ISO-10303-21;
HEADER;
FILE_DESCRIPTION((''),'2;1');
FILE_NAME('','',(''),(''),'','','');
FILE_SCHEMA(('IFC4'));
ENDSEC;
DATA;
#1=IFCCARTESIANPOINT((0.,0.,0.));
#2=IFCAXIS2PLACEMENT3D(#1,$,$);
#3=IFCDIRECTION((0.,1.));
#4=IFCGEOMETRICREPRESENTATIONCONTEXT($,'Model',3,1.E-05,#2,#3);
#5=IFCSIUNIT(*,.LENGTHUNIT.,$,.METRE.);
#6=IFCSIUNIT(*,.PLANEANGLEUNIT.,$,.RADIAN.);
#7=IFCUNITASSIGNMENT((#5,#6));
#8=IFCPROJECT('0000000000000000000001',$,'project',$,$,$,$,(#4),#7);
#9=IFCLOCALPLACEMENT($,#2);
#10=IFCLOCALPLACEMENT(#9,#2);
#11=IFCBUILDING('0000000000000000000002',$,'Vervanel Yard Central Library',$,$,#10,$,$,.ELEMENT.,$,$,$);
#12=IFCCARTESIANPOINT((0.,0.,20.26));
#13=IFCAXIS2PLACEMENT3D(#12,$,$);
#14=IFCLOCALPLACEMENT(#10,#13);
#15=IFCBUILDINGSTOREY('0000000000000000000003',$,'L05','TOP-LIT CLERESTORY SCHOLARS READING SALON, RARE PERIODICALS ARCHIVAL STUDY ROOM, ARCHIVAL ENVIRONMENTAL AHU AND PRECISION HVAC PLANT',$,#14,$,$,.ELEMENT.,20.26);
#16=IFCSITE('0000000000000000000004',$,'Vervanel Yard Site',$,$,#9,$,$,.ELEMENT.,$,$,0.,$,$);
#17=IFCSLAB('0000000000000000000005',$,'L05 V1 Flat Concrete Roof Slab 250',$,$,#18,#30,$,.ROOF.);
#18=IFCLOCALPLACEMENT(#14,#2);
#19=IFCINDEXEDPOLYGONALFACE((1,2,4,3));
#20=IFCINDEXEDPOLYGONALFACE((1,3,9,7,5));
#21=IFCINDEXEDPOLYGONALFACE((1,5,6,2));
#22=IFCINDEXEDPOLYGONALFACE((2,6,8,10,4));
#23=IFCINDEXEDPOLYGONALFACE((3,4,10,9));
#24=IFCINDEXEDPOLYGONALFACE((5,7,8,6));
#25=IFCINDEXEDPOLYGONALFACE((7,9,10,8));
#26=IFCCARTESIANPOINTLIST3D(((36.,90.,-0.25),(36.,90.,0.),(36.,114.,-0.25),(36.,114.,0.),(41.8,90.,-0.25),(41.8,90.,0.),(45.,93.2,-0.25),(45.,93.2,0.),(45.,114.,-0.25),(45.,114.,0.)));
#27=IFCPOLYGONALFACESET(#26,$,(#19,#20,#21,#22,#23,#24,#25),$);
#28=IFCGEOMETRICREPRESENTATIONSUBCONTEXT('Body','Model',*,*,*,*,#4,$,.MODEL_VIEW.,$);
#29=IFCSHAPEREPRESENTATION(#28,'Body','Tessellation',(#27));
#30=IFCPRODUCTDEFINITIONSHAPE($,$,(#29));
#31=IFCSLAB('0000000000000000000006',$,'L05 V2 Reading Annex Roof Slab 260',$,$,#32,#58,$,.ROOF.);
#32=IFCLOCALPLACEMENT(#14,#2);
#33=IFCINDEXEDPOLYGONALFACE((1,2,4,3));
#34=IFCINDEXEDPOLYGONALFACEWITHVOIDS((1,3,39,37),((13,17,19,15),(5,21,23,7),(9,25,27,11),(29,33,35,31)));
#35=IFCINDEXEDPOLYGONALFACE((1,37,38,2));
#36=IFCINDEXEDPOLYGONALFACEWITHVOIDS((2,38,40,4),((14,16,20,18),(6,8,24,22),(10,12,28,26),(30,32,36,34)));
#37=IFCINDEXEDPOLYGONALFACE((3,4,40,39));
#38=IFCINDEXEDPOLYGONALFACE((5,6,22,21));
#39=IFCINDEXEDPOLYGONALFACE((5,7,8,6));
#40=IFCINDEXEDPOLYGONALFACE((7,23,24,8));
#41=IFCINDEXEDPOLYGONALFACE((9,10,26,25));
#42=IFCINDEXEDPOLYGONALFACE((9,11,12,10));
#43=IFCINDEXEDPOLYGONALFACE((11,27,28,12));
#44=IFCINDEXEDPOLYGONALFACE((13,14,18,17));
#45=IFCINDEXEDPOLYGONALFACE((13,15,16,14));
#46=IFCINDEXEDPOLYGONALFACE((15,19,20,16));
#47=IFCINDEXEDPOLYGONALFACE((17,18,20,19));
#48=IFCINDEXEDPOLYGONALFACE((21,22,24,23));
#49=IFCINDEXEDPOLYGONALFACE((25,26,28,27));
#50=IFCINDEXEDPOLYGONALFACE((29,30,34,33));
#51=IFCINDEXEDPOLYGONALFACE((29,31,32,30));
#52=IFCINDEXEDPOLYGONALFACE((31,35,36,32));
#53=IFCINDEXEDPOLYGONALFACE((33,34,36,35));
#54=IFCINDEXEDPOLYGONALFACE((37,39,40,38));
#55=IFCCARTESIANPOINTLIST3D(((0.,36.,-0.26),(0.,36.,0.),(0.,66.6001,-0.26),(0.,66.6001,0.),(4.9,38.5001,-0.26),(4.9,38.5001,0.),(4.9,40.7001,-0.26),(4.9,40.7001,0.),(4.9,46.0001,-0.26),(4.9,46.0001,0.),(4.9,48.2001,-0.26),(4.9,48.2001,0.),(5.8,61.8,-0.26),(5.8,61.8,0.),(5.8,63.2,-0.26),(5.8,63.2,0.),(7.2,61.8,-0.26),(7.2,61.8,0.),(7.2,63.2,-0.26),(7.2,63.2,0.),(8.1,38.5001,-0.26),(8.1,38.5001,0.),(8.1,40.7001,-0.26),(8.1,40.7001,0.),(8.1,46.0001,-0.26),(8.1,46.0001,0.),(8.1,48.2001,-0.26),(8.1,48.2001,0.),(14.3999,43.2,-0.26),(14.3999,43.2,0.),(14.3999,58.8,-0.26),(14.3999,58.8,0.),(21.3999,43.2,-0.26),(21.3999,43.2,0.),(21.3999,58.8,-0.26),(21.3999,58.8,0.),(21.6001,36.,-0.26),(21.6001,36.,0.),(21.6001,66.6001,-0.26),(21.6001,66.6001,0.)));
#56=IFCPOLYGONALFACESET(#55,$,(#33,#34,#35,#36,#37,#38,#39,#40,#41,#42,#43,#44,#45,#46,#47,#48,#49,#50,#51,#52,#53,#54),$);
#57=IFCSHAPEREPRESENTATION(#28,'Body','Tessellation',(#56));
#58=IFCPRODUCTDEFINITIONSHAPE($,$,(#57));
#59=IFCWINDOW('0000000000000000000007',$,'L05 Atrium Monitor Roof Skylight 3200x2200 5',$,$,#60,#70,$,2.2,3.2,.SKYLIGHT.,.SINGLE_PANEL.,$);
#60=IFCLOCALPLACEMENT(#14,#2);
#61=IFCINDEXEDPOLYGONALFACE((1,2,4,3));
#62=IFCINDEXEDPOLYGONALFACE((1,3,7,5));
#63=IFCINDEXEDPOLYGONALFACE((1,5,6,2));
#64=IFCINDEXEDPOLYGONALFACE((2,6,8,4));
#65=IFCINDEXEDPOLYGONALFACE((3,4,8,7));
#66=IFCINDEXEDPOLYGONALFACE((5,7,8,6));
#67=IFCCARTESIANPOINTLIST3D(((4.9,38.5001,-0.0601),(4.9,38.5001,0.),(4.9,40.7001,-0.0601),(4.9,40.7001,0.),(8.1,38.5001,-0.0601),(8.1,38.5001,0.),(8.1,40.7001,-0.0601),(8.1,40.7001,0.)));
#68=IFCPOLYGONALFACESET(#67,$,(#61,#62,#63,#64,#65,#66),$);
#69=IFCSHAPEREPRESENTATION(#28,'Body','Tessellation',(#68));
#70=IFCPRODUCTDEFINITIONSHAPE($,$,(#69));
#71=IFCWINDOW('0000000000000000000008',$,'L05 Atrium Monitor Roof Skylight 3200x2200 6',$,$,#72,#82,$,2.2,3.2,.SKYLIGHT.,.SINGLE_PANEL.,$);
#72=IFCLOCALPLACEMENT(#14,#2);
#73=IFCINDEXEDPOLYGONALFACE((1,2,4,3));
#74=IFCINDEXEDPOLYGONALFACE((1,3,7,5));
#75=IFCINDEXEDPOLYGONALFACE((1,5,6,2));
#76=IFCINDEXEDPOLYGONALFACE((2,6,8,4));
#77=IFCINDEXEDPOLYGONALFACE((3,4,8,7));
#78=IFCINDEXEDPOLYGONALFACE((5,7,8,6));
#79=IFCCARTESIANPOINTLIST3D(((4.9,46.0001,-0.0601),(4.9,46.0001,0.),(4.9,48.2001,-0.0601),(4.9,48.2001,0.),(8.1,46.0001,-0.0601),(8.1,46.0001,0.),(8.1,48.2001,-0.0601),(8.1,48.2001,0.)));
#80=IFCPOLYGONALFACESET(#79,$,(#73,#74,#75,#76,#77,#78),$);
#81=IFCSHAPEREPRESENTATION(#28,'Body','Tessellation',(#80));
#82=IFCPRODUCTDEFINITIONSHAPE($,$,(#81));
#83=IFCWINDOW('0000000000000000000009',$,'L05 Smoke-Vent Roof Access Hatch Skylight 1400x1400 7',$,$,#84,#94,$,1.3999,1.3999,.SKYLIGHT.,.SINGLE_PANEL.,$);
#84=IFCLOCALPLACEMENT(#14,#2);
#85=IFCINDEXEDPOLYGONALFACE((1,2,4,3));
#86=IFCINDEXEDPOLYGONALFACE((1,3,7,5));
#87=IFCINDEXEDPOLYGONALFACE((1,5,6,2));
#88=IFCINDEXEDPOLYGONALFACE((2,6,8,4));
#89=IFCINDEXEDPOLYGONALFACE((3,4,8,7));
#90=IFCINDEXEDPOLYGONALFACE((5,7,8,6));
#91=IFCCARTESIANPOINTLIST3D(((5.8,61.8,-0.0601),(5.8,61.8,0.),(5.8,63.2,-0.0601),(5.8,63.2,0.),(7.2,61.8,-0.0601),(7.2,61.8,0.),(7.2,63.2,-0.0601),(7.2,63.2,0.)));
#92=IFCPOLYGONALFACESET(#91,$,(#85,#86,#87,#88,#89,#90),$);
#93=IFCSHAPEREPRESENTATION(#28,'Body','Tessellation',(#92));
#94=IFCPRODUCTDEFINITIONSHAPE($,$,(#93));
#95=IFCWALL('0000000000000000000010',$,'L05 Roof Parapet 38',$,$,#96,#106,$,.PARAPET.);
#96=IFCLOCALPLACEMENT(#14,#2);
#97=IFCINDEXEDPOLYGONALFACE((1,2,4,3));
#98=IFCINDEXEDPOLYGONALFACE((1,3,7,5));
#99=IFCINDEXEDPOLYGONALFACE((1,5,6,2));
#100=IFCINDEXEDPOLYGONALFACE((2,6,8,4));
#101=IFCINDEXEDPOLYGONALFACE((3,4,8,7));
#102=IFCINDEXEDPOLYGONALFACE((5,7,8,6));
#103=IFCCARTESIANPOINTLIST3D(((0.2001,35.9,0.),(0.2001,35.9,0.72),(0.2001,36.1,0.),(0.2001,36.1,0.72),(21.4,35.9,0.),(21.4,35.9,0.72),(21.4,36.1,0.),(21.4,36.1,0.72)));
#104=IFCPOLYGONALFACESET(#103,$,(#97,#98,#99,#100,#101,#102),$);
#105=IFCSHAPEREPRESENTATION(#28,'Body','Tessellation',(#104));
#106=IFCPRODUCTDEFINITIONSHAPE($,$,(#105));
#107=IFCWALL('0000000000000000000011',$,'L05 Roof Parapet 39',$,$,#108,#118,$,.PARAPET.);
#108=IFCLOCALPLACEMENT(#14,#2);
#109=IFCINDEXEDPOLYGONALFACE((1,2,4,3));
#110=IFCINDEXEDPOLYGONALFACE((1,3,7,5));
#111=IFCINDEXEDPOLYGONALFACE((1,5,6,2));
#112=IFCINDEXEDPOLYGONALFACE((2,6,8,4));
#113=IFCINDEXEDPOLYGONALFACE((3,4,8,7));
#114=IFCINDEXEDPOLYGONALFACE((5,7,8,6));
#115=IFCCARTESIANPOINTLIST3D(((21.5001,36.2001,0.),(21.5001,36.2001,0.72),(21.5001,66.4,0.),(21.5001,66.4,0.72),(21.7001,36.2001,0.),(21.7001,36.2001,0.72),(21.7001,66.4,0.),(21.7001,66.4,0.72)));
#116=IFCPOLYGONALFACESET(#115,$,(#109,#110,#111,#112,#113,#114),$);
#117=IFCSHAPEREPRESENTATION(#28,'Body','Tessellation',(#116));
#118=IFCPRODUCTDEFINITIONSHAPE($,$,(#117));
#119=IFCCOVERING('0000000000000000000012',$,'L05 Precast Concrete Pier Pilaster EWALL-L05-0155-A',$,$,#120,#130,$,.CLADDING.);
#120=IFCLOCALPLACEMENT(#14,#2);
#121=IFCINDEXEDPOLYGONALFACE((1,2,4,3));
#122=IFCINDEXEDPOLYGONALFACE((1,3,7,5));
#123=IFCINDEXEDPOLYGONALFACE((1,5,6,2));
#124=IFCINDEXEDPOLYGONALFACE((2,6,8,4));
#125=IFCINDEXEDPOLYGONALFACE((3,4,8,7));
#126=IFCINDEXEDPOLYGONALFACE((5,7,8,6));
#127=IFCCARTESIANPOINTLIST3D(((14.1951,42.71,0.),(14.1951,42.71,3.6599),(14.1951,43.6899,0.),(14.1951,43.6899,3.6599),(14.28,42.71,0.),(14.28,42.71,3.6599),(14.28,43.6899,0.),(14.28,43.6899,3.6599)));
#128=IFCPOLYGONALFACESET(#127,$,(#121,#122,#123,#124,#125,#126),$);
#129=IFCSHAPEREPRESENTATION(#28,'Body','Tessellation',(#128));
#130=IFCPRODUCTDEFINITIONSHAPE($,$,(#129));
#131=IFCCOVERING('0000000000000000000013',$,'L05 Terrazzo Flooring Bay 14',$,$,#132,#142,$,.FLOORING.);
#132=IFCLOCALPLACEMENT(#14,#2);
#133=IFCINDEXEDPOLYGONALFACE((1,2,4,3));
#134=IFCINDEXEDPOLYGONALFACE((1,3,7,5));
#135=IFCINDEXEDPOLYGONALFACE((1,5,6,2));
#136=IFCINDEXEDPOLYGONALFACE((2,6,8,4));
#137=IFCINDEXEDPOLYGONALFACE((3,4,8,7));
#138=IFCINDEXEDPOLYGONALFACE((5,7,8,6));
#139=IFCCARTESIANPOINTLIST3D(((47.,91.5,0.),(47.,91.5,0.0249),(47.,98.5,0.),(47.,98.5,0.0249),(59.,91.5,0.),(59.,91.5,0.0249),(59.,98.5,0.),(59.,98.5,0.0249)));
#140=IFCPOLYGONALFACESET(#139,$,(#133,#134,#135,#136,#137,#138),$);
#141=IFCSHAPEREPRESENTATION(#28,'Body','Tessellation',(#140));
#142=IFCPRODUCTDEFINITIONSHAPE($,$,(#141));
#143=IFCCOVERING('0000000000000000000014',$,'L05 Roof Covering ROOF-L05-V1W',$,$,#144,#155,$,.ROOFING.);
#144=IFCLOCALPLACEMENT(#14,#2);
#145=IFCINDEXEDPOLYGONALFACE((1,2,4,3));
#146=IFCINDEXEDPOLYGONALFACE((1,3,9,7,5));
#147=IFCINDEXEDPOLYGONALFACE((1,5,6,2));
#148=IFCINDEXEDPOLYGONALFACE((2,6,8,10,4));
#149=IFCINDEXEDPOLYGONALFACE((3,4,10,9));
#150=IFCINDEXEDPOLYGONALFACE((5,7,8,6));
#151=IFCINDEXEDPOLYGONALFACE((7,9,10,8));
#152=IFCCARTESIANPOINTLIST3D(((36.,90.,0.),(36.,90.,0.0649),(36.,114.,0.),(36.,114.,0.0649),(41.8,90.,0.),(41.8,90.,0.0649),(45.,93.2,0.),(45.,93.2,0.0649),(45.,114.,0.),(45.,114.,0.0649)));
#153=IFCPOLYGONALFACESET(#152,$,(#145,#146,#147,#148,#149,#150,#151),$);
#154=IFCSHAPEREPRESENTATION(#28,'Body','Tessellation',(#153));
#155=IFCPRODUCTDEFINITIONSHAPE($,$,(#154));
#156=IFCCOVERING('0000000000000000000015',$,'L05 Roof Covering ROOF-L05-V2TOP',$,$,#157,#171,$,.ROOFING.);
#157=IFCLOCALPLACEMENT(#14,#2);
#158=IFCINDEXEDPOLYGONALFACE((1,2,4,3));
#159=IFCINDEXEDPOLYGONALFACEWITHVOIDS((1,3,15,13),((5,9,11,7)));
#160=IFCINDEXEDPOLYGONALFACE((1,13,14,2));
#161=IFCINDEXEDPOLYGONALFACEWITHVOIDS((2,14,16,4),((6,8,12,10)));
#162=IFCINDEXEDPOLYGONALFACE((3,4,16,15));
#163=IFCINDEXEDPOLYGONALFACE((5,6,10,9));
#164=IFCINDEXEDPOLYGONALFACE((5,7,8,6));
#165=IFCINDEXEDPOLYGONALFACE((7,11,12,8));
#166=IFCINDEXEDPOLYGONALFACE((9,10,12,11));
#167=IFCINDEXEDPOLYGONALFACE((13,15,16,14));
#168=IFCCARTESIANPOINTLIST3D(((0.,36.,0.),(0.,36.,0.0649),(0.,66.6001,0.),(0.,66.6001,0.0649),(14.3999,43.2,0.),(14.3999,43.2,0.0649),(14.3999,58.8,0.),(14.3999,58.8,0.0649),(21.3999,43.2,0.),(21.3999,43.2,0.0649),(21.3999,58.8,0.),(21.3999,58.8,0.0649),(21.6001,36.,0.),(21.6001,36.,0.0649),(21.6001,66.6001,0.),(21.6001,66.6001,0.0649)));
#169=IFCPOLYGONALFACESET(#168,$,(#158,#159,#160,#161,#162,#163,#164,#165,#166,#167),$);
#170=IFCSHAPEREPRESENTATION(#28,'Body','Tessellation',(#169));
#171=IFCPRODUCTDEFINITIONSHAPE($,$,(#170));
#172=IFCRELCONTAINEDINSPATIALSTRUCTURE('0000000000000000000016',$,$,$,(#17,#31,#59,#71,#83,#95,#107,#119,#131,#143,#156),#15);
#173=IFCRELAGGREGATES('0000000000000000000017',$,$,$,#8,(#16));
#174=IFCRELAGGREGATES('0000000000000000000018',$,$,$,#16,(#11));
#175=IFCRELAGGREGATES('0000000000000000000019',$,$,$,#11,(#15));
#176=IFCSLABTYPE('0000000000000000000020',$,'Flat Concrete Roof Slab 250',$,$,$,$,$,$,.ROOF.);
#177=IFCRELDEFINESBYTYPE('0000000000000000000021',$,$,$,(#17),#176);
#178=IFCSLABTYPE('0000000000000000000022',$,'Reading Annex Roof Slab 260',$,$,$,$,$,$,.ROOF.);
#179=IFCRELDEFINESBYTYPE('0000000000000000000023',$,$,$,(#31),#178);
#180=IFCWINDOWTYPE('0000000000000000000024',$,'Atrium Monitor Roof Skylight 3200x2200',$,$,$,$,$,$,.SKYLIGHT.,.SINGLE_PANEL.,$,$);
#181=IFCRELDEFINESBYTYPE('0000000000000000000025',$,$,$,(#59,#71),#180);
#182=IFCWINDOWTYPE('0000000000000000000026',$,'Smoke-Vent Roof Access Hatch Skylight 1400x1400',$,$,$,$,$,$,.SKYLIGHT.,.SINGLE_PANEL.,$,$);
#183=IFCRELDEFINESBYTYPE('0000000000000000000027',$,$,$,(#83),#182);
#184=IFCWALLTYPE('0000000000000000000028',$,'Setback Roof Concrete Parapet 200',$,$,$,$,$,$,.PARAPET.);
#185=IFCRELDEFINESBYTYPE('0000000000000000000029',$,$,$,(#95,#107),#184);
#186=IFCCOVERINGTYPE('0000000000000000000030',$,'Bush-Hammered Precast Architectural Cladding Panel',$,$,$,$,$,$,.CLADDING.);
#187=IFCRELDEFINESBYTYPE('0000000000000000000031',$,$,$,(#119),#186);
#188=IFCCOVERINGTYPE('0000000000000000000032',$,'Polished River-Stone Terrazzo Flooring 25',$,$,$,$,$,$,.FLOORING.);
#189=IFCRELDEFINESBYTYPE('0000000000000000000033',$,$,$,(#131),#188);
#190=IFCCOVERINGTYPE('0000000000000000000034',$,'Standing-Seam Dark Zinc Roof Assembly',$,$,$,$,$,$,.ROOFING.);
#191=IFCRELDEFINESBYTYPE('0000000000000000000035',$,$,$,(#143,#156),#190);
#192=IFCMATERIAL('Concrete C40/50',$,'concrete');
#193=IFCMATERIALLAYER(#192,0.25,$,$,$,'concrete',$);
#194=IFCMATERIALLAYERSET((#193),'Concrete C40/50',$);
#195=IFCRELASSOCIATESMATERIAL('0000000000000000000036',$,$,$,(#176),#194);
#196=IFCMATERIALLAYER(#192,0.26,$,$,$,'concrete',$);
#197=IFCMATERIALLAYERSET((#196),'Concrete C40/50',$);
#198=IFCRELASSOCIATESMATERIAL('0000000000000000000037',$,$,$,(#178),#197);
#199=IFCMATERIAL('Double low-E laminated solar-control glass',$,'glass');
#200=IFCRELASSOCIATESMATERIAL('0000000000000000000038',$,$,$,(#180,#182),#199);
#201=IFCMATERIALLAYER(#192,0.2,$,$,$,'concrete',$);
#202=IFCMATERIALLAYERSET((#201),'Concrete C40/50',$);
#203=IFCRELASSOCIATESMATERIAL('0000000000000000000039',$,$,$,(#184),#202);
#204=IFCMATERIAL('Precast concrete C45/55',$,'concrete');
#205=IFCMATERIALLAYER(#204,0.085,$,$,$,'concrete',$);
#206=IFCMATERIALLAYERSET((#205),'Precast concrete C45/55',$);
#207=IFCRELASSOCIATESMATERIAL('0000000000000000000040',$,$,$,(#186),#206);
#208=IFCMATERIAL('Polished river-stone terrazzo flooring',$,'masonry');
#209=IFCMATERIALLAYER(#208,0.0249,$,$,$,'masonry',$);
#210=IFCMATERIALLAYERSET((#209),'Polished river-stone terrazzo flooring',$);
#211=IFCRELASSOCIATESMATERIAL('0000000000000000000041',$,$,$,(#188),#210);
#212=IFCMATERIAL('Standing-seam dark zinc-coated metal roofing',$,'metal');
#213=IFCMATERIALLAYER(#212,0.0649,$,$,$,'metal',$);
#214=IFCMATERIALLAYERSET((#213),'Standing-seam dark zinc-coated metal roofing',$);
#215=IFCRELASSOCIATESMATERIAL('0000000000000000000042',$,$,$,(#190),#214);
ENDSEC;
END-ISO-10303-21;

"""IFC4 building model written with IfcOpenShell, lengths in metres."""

from ifc_helpers import new_model, si_unit, direction, frame, frame_2d, origin, origin_2d, place, context, subcontext, project, spatial, polyline, rectangle, outline, extrude, material, layer, layer_set, type_object, element, fill, save


model = new_model("IFC4")

# Units and contexts
model_context = context("Model", 3, precision=1e-05, world=origin(), true_north=direction((0.0, 1.0)))
body_context = subcontext(model_context, "Body", "Model", "MODEL_VIEW")
ifc_project = project(units=[si_unit("LENGTHUNIT", "METRE"), si_unit("PLANEANGLEUNIT", "RADIAN")], contexts=[model_context])

# Site, building, storey
site_placement = place(None, origin())
site = spatial("IfcSite", under=ifc_project, at=site_placement, Name="Vervanel Yard Site", CompositionType="ELEMENT", RefElevation=0.0)
building_placement = place(site_placement, origin())
building = spatial("IfcBuilding", under=site, at=building_placement, Name="Vervanel Yard Central Library", CompositionType="ELEMENT")
storey_placement = place(building_placement, frame((0.0, 0.0, 20.26)))
storey = spatial("IfcBuildingStorey", under=building, at=storey_placement, Name="L05", Description="TOP-LIT CLERESTORY SCHOLARS READING SALON, RARE PERIODICALS ARCHIVAL STUDY ROOM, ARCHIVAL ENVIRONMENTAL AHU AND PRECISION HVAC PLANT", CompositionType="ELEMENT", Elevation=20.26)

# Slab
ifc_material_1 = material(Name="Concrete C40/50", Category="concrete")
ifc_layer_1 = layer(ifc_material_1, 0.25, Category="concrete")
ifc_layer_set_1 = layer_set([ifc_layer_1], Name="Concrete C40/50")
slab_type_1 = type_object("IfcSlabType", Name="Flat Concrete Roof Slab 250", PredefinedType="ROOF", material=ifc_layer_set_1)
slab_1_placement = place(storey_placement, frame((0.0, 0.0, -0.25)))
element("IfcSlab", 1, at=slab_1_placement, inside=storey, type_object=slab_type_1, Name="L05 V1 Flat Concrete Roof Slab 250", PredefinedType="ROOF", context=body_context, shape_type="SweptSolid", body=[
    extrude(outline(polyline([(36.0, 90.0), (41.8, 90.0), (45.0, 93.2), (45.0, 114.0), (36.0, 114.0), (36.0, 90.0)])), origin(), (0.0, 0.0, 1.0), 0.25),
])

# Slab, openings, windows
ifc_layer_2 = layer(ifc_material_1, 0.26, Category="concrete")
ifc_layer_set_2 = layer_set([ifc_layer_2], Name="Concrete C40/50")
slab_type_2 = type_object("IfcSlabType", Name="Reading Annex Roof Slab 260", PredefinedType="ROOF", material=ifc_layer_set_2)
slab_2_placement = place(storey_placement, frame((0.0, 0.0, -0.26)))
slab_2 = element("IfcSlab", 2, at=slab_2_placement, inside=storey, type_object=slab_type_2, Name="L05 V2 Reading Annex Roof Slab 260", PredefinedType="ROOF", context=body_context, shape_type="SweptSolid", body=[
    extrude(outline(polyline([(0.0, 36.0), (21.6001, 36.0), (21.6001, 66.6001), (0.0, 66.6001), (0.0, 36.0)]), holes=[polyline([(14.3999, 43.2), (21.3999, 43.2), (21.3999, 58.8), (14.3999, 58.8), (14.3999, 43.2)])]), origin(), (0.0, 0.0, 1.0), 0.26),
])
opening_1_placement = place(slab_2_placement, frame((6.5, 39.6001, 0.0)))
opening_1 = element("IfcOpeningElement", 3, at=opening_1_placement, cuts=slab_2, PredefinedType="OPENING", context=body_context, shape_type="SweptSolid", body=[
    extrude(rectangle(XDim=3.2, YDim=2.2, at=origin_2d()), frame((0.0, 0.0, -0.01)), (0.0, 0.0, 1.0), 0.28),
])
opening_2_placement = place(slab_2_placement, frame((6.5, 47.1001, 0.0)))
opening_2 = element("IfcOpeningElement", 4, at=opening_2_placement, cuts=slab_2, PredefinedType="OPENING", context=body_context, shape_type="SweptSolid", body=[
    extrude(rectangle(XDim=3.2, YDim=2.2, at=origin_2d()), frame((0.0, 0.0, -0.01)), (0.0, 0.0, 1.0), 0.28),
])
opening_3_placement = place(slab_2_placement, frame((6.5, 62.5, 0.0)))
opening_3 = element("IfcOpeningElement", 5, at=opening_3_placement, cuts=slab_2, PredefinedType="OPENING", context=body_context, shape_type="SweptSolid", body=[
    extrude(rectangle(XDim=1.3999, YDim=1.3999, at=origin_2d()), frame((0.0, 0.0, -0.01)), (0.0, 0.0, 1.0), 0.28),
])
ifc_material_2 = material(Name="Double low-E laminated solar-control glass", Category="glass")
window_type_1 = type_object("IfcWindowType", Name="Atrium Monitor Roof Skylight 3200x2200", PartitioningType="SINGLE_PANEL", PredefinedType="SKYLIGHT", material=ifc_material_2)
window_1_placement = place(opening_1_placement, frame((0.0, 0.0, 0.2)))
window_1 = element("IfcWindow", 6, at=window_1_placement, inside=storey, type_object=window_type_1, Name="L05 Atrium Monitor Roof Skylight 3200x2200 5", OverallHeight=2.2, OverallWidth=3.2, PartitioningType="SINGLE_PANEL", PredefinedType="SKYLIGHT", context=body_context, shape_type="SweptSolid", body=[
    extrude(rectangle(XDim=3.2, YDim=2.2, at=origin_2d()), origin(), (0.0, 0.0, 1.0), 0.0601),
])
fill(opening_1, window_1)
window_2_placement = place(opening_2_placement, frame((0.0, 0.0, 0.2)))
window_2 = element("IfcWindow", 7, at=window_2_placement, inside=storey, type_object=window_type_1, Name="L05 Atrium Monitor Roof Skylight 3200x2200 6", OverallHeight=2.2, OverallWidth=3.2, PartitioningType="SINGLE_PANEL", PredefinedType="SKYLIGHT", context=body_context, shape_type="SweptSolid", body=[
    extrude(rectangle(XDim=3.2, YDim=2.2, at=origin_2d()), origin(), (0.0, 0.0, 1.0), 0.0601),
])
fill(opening_2, window_2)
window_type_2 = type_object("IfcWindowType", Name="Smoke-Vent Roof Access Hatch Skylight 1400x1400", PartitioningType="SINGLE_PANEL", PredefinedType="SKYLIGHT", material=ifc_material_2)
window_3_placement = place(opening_3_placement, frame((0.0, 0.0, 0.2)))
window_3 = element("IfcWindow", 8, at=window_3_placement, inside=storey, type_object=window_type_2, Name="L05 Smoke-Vent Roof Access Hatch Skylight 1400x1400 7", OverallHeight=1.3999, OverallWidth=1.3999, PartitioningType="SINGLE_PANEL", PredefinedType="SKYLIGHT", context=body_context, shape_type="SweptSolid", body=[
    extrude(rectangle(XDim=1.3999, YDim=1.3999, at=origin_2d()), origin(), (0.0, 0.0, 1.0), 0.0601),
])
fill(opening_3, window_3)

# Walls
ifc_layer_3 = layer(ifc_material_1, 0.2, Category="concrete")
ifc_layer_set_3 = layer_set([ifc_layer_3], Name="Concrete C40/50")
wall_type = type_object("IfcWallType", Name="Setback Roof Concrete Parapet 200", PredefinedType="PARAPET", material=ifc_layer_set_3)
wall_1_placement = place(storey_placement, frame((0.2, 36.0, 0.0), z_axis=(0.0, 0.0, 1.0), x_axis=(1.0, 0.0, 0.0)))
element("IfcWall", 9, at=wall_1_placement, inside=storey, type_object=wall_type, Name="L05 Roof Parapet 38", PredefinedType="PARAPET", context=body_context, shape_type="SweptSolid", body=[
    extrude(rectangle(XDim=21.2, YDim=0.2, at=frame_2d((10.6001, 0.0))), origin(), (0.0, 0.0, 1.0), 0.72),
])
wall_2_placement = place(storey_placement, frame((21.6001, 36.2, 0.0), z_axis=(0.0, 0.0, 1.0), x_axis=(0.0, 1.0, 0.0)))
element("IfcWall", 10, at=wall_2_placement, inside=storey, type_object=wall_type, Name="L05 Roof Parapet 39", PredefinedType="PARAPET", context=body_context, shape_type="SweptSolid", body=[
    extrude(rectangle(XDim=30.2, YDim=0.2, at=frame_2d((15.1001, 0.0))), origin(), (0.0, 0.0, 1.0), 0.72),
])

# Coverings
ifc_material_3 = material(Name="Precast concrete C45/55", Category="concrete")
ifc_layer_4 = layer(ifc_material_3, 0.085, Category="concrete")
ifc_layer_set_4 = layer_set([ifc_layer_4], Name="Precast concrete C45/55")
covering_type_1 = type_object("IfcCoveringType", Name="Bush-Hammered Precast Architectural Cladding Panel", PredefinedType="CLADDING", material=ifc_layer_set_4)
covering_1_placement = place(storey_placement, frame((14.2375, 43.2, 0.0), z_axis=(0.0, 0.0, 1.0), x_axis=(0.0, 1.0, 0.0)))
element("IfcCovering", 11, at=covering_1_placement, inside=storey, type_object=covering_type_1, Name="L05 Precast Concrete Pier Pilaster EWALL-L05-0155-A", PredefinedType="CLADDING", context=body_context, shape_type="SweptSolid", body=[
    extrude(rectangle(XDim=0.98, YDim=0.085, at=origin_2d()), origin(), (0.0, 0.0, 1.0), 3.6599),
])
ifc_material_4 = material(Name="Polished river-stone terrazzo flooring", Category="masonry")
ifc_layer_5 = layer(ifc_material_4, 0.0249, Category="masonry")
ifc_layer_set_5 = layer_set([ifc_layer_5], Name="Polished river-stone terrazzo flooring")
covering_type_2 = type_object("IfcCoveringType", Name="Polished River-Stone Terrazzo Flooring 25", PredefinedType="FLOORING", material=ifc_layer_set_5)
covering_2_placement = place(storey_placement, origin())
element("IfcCovering", 12, at=covering_2_placement, inside=storey, type_object=covering_type_2, Name="L05 Terrazzo Flooring Bay 14", PredefinedType="FLOORING", context=body_context, shape_type="SweptSolid", body=[
    extrude(outline(polyline([(47.0, 91.5), (59.0, 91.5), (59.0, 98.5), (47.0, 98.5), (47.0, 91.5)])), origin(), (0.0, 0.0, 1.0), 0.0249),
])
ifc_material_5 = material(Name="Standing-seam dark zinc-coated metal roofing", Category="metal")
ifc_layer_6 = layer(ifc_material_5, 0.0649, Category="metal")
ifc_layer_set_6 = layer_set([ifc_layer_6], Name="Standing-seam dark zinc-coated metal roofing")
covering_type_3 = type_object("IfcCoveringType", Name="Standing-Seam Dark Zinc Roof Assembly", PredefinedType="ROOFING", material=ifc_layer_set_6)
covering_3_placement = place(storey_placement, origin())
element("IfcCovering", 13, at=covering_3_placement, inside=storey, type_object=covering_type_3, Name="L05 Roof Covering ROOF-L05-V1W", PredefinedType="ROOFING", context=body_context, shape_type="SweptSolid", body=[
    extrude(outline(polyline([(36.0, 90.0), (41.8, 90.0), (45.0, 93.2), (45.0, 114.0), (36.0, 114.0), (36.0, 90.0)])), origin(), (0.0, 0.0, 1.0), 0.0649),
])
covering_4_placement = place(storey_placement, origin())
element("IfcCovering", 14, at=covering_4_placement, inside=storey, type_object=covering_type_3, Name="L05 Roof Covering ROOF-L05-V2TOP", PredefinedType="ROOFING", context=body_context, shape_type="SweptSolid", body=[
    extrude(outline(polyline([(0.0, 36.0), (21.6001, 36.0), (21.6001, 66.6001), (0.0, 66.6001), (0.0, 36.0)]), holes=[polyline([(14.3999, 43.2), (21.3999, 43.2), (21.3999, 58.8), (14.3999, 58.8), (14.3999, 43.2)])]), origin(), (0.0, 0.0, 1.0), 0.0649),
])

save(model, "model.ifc")
